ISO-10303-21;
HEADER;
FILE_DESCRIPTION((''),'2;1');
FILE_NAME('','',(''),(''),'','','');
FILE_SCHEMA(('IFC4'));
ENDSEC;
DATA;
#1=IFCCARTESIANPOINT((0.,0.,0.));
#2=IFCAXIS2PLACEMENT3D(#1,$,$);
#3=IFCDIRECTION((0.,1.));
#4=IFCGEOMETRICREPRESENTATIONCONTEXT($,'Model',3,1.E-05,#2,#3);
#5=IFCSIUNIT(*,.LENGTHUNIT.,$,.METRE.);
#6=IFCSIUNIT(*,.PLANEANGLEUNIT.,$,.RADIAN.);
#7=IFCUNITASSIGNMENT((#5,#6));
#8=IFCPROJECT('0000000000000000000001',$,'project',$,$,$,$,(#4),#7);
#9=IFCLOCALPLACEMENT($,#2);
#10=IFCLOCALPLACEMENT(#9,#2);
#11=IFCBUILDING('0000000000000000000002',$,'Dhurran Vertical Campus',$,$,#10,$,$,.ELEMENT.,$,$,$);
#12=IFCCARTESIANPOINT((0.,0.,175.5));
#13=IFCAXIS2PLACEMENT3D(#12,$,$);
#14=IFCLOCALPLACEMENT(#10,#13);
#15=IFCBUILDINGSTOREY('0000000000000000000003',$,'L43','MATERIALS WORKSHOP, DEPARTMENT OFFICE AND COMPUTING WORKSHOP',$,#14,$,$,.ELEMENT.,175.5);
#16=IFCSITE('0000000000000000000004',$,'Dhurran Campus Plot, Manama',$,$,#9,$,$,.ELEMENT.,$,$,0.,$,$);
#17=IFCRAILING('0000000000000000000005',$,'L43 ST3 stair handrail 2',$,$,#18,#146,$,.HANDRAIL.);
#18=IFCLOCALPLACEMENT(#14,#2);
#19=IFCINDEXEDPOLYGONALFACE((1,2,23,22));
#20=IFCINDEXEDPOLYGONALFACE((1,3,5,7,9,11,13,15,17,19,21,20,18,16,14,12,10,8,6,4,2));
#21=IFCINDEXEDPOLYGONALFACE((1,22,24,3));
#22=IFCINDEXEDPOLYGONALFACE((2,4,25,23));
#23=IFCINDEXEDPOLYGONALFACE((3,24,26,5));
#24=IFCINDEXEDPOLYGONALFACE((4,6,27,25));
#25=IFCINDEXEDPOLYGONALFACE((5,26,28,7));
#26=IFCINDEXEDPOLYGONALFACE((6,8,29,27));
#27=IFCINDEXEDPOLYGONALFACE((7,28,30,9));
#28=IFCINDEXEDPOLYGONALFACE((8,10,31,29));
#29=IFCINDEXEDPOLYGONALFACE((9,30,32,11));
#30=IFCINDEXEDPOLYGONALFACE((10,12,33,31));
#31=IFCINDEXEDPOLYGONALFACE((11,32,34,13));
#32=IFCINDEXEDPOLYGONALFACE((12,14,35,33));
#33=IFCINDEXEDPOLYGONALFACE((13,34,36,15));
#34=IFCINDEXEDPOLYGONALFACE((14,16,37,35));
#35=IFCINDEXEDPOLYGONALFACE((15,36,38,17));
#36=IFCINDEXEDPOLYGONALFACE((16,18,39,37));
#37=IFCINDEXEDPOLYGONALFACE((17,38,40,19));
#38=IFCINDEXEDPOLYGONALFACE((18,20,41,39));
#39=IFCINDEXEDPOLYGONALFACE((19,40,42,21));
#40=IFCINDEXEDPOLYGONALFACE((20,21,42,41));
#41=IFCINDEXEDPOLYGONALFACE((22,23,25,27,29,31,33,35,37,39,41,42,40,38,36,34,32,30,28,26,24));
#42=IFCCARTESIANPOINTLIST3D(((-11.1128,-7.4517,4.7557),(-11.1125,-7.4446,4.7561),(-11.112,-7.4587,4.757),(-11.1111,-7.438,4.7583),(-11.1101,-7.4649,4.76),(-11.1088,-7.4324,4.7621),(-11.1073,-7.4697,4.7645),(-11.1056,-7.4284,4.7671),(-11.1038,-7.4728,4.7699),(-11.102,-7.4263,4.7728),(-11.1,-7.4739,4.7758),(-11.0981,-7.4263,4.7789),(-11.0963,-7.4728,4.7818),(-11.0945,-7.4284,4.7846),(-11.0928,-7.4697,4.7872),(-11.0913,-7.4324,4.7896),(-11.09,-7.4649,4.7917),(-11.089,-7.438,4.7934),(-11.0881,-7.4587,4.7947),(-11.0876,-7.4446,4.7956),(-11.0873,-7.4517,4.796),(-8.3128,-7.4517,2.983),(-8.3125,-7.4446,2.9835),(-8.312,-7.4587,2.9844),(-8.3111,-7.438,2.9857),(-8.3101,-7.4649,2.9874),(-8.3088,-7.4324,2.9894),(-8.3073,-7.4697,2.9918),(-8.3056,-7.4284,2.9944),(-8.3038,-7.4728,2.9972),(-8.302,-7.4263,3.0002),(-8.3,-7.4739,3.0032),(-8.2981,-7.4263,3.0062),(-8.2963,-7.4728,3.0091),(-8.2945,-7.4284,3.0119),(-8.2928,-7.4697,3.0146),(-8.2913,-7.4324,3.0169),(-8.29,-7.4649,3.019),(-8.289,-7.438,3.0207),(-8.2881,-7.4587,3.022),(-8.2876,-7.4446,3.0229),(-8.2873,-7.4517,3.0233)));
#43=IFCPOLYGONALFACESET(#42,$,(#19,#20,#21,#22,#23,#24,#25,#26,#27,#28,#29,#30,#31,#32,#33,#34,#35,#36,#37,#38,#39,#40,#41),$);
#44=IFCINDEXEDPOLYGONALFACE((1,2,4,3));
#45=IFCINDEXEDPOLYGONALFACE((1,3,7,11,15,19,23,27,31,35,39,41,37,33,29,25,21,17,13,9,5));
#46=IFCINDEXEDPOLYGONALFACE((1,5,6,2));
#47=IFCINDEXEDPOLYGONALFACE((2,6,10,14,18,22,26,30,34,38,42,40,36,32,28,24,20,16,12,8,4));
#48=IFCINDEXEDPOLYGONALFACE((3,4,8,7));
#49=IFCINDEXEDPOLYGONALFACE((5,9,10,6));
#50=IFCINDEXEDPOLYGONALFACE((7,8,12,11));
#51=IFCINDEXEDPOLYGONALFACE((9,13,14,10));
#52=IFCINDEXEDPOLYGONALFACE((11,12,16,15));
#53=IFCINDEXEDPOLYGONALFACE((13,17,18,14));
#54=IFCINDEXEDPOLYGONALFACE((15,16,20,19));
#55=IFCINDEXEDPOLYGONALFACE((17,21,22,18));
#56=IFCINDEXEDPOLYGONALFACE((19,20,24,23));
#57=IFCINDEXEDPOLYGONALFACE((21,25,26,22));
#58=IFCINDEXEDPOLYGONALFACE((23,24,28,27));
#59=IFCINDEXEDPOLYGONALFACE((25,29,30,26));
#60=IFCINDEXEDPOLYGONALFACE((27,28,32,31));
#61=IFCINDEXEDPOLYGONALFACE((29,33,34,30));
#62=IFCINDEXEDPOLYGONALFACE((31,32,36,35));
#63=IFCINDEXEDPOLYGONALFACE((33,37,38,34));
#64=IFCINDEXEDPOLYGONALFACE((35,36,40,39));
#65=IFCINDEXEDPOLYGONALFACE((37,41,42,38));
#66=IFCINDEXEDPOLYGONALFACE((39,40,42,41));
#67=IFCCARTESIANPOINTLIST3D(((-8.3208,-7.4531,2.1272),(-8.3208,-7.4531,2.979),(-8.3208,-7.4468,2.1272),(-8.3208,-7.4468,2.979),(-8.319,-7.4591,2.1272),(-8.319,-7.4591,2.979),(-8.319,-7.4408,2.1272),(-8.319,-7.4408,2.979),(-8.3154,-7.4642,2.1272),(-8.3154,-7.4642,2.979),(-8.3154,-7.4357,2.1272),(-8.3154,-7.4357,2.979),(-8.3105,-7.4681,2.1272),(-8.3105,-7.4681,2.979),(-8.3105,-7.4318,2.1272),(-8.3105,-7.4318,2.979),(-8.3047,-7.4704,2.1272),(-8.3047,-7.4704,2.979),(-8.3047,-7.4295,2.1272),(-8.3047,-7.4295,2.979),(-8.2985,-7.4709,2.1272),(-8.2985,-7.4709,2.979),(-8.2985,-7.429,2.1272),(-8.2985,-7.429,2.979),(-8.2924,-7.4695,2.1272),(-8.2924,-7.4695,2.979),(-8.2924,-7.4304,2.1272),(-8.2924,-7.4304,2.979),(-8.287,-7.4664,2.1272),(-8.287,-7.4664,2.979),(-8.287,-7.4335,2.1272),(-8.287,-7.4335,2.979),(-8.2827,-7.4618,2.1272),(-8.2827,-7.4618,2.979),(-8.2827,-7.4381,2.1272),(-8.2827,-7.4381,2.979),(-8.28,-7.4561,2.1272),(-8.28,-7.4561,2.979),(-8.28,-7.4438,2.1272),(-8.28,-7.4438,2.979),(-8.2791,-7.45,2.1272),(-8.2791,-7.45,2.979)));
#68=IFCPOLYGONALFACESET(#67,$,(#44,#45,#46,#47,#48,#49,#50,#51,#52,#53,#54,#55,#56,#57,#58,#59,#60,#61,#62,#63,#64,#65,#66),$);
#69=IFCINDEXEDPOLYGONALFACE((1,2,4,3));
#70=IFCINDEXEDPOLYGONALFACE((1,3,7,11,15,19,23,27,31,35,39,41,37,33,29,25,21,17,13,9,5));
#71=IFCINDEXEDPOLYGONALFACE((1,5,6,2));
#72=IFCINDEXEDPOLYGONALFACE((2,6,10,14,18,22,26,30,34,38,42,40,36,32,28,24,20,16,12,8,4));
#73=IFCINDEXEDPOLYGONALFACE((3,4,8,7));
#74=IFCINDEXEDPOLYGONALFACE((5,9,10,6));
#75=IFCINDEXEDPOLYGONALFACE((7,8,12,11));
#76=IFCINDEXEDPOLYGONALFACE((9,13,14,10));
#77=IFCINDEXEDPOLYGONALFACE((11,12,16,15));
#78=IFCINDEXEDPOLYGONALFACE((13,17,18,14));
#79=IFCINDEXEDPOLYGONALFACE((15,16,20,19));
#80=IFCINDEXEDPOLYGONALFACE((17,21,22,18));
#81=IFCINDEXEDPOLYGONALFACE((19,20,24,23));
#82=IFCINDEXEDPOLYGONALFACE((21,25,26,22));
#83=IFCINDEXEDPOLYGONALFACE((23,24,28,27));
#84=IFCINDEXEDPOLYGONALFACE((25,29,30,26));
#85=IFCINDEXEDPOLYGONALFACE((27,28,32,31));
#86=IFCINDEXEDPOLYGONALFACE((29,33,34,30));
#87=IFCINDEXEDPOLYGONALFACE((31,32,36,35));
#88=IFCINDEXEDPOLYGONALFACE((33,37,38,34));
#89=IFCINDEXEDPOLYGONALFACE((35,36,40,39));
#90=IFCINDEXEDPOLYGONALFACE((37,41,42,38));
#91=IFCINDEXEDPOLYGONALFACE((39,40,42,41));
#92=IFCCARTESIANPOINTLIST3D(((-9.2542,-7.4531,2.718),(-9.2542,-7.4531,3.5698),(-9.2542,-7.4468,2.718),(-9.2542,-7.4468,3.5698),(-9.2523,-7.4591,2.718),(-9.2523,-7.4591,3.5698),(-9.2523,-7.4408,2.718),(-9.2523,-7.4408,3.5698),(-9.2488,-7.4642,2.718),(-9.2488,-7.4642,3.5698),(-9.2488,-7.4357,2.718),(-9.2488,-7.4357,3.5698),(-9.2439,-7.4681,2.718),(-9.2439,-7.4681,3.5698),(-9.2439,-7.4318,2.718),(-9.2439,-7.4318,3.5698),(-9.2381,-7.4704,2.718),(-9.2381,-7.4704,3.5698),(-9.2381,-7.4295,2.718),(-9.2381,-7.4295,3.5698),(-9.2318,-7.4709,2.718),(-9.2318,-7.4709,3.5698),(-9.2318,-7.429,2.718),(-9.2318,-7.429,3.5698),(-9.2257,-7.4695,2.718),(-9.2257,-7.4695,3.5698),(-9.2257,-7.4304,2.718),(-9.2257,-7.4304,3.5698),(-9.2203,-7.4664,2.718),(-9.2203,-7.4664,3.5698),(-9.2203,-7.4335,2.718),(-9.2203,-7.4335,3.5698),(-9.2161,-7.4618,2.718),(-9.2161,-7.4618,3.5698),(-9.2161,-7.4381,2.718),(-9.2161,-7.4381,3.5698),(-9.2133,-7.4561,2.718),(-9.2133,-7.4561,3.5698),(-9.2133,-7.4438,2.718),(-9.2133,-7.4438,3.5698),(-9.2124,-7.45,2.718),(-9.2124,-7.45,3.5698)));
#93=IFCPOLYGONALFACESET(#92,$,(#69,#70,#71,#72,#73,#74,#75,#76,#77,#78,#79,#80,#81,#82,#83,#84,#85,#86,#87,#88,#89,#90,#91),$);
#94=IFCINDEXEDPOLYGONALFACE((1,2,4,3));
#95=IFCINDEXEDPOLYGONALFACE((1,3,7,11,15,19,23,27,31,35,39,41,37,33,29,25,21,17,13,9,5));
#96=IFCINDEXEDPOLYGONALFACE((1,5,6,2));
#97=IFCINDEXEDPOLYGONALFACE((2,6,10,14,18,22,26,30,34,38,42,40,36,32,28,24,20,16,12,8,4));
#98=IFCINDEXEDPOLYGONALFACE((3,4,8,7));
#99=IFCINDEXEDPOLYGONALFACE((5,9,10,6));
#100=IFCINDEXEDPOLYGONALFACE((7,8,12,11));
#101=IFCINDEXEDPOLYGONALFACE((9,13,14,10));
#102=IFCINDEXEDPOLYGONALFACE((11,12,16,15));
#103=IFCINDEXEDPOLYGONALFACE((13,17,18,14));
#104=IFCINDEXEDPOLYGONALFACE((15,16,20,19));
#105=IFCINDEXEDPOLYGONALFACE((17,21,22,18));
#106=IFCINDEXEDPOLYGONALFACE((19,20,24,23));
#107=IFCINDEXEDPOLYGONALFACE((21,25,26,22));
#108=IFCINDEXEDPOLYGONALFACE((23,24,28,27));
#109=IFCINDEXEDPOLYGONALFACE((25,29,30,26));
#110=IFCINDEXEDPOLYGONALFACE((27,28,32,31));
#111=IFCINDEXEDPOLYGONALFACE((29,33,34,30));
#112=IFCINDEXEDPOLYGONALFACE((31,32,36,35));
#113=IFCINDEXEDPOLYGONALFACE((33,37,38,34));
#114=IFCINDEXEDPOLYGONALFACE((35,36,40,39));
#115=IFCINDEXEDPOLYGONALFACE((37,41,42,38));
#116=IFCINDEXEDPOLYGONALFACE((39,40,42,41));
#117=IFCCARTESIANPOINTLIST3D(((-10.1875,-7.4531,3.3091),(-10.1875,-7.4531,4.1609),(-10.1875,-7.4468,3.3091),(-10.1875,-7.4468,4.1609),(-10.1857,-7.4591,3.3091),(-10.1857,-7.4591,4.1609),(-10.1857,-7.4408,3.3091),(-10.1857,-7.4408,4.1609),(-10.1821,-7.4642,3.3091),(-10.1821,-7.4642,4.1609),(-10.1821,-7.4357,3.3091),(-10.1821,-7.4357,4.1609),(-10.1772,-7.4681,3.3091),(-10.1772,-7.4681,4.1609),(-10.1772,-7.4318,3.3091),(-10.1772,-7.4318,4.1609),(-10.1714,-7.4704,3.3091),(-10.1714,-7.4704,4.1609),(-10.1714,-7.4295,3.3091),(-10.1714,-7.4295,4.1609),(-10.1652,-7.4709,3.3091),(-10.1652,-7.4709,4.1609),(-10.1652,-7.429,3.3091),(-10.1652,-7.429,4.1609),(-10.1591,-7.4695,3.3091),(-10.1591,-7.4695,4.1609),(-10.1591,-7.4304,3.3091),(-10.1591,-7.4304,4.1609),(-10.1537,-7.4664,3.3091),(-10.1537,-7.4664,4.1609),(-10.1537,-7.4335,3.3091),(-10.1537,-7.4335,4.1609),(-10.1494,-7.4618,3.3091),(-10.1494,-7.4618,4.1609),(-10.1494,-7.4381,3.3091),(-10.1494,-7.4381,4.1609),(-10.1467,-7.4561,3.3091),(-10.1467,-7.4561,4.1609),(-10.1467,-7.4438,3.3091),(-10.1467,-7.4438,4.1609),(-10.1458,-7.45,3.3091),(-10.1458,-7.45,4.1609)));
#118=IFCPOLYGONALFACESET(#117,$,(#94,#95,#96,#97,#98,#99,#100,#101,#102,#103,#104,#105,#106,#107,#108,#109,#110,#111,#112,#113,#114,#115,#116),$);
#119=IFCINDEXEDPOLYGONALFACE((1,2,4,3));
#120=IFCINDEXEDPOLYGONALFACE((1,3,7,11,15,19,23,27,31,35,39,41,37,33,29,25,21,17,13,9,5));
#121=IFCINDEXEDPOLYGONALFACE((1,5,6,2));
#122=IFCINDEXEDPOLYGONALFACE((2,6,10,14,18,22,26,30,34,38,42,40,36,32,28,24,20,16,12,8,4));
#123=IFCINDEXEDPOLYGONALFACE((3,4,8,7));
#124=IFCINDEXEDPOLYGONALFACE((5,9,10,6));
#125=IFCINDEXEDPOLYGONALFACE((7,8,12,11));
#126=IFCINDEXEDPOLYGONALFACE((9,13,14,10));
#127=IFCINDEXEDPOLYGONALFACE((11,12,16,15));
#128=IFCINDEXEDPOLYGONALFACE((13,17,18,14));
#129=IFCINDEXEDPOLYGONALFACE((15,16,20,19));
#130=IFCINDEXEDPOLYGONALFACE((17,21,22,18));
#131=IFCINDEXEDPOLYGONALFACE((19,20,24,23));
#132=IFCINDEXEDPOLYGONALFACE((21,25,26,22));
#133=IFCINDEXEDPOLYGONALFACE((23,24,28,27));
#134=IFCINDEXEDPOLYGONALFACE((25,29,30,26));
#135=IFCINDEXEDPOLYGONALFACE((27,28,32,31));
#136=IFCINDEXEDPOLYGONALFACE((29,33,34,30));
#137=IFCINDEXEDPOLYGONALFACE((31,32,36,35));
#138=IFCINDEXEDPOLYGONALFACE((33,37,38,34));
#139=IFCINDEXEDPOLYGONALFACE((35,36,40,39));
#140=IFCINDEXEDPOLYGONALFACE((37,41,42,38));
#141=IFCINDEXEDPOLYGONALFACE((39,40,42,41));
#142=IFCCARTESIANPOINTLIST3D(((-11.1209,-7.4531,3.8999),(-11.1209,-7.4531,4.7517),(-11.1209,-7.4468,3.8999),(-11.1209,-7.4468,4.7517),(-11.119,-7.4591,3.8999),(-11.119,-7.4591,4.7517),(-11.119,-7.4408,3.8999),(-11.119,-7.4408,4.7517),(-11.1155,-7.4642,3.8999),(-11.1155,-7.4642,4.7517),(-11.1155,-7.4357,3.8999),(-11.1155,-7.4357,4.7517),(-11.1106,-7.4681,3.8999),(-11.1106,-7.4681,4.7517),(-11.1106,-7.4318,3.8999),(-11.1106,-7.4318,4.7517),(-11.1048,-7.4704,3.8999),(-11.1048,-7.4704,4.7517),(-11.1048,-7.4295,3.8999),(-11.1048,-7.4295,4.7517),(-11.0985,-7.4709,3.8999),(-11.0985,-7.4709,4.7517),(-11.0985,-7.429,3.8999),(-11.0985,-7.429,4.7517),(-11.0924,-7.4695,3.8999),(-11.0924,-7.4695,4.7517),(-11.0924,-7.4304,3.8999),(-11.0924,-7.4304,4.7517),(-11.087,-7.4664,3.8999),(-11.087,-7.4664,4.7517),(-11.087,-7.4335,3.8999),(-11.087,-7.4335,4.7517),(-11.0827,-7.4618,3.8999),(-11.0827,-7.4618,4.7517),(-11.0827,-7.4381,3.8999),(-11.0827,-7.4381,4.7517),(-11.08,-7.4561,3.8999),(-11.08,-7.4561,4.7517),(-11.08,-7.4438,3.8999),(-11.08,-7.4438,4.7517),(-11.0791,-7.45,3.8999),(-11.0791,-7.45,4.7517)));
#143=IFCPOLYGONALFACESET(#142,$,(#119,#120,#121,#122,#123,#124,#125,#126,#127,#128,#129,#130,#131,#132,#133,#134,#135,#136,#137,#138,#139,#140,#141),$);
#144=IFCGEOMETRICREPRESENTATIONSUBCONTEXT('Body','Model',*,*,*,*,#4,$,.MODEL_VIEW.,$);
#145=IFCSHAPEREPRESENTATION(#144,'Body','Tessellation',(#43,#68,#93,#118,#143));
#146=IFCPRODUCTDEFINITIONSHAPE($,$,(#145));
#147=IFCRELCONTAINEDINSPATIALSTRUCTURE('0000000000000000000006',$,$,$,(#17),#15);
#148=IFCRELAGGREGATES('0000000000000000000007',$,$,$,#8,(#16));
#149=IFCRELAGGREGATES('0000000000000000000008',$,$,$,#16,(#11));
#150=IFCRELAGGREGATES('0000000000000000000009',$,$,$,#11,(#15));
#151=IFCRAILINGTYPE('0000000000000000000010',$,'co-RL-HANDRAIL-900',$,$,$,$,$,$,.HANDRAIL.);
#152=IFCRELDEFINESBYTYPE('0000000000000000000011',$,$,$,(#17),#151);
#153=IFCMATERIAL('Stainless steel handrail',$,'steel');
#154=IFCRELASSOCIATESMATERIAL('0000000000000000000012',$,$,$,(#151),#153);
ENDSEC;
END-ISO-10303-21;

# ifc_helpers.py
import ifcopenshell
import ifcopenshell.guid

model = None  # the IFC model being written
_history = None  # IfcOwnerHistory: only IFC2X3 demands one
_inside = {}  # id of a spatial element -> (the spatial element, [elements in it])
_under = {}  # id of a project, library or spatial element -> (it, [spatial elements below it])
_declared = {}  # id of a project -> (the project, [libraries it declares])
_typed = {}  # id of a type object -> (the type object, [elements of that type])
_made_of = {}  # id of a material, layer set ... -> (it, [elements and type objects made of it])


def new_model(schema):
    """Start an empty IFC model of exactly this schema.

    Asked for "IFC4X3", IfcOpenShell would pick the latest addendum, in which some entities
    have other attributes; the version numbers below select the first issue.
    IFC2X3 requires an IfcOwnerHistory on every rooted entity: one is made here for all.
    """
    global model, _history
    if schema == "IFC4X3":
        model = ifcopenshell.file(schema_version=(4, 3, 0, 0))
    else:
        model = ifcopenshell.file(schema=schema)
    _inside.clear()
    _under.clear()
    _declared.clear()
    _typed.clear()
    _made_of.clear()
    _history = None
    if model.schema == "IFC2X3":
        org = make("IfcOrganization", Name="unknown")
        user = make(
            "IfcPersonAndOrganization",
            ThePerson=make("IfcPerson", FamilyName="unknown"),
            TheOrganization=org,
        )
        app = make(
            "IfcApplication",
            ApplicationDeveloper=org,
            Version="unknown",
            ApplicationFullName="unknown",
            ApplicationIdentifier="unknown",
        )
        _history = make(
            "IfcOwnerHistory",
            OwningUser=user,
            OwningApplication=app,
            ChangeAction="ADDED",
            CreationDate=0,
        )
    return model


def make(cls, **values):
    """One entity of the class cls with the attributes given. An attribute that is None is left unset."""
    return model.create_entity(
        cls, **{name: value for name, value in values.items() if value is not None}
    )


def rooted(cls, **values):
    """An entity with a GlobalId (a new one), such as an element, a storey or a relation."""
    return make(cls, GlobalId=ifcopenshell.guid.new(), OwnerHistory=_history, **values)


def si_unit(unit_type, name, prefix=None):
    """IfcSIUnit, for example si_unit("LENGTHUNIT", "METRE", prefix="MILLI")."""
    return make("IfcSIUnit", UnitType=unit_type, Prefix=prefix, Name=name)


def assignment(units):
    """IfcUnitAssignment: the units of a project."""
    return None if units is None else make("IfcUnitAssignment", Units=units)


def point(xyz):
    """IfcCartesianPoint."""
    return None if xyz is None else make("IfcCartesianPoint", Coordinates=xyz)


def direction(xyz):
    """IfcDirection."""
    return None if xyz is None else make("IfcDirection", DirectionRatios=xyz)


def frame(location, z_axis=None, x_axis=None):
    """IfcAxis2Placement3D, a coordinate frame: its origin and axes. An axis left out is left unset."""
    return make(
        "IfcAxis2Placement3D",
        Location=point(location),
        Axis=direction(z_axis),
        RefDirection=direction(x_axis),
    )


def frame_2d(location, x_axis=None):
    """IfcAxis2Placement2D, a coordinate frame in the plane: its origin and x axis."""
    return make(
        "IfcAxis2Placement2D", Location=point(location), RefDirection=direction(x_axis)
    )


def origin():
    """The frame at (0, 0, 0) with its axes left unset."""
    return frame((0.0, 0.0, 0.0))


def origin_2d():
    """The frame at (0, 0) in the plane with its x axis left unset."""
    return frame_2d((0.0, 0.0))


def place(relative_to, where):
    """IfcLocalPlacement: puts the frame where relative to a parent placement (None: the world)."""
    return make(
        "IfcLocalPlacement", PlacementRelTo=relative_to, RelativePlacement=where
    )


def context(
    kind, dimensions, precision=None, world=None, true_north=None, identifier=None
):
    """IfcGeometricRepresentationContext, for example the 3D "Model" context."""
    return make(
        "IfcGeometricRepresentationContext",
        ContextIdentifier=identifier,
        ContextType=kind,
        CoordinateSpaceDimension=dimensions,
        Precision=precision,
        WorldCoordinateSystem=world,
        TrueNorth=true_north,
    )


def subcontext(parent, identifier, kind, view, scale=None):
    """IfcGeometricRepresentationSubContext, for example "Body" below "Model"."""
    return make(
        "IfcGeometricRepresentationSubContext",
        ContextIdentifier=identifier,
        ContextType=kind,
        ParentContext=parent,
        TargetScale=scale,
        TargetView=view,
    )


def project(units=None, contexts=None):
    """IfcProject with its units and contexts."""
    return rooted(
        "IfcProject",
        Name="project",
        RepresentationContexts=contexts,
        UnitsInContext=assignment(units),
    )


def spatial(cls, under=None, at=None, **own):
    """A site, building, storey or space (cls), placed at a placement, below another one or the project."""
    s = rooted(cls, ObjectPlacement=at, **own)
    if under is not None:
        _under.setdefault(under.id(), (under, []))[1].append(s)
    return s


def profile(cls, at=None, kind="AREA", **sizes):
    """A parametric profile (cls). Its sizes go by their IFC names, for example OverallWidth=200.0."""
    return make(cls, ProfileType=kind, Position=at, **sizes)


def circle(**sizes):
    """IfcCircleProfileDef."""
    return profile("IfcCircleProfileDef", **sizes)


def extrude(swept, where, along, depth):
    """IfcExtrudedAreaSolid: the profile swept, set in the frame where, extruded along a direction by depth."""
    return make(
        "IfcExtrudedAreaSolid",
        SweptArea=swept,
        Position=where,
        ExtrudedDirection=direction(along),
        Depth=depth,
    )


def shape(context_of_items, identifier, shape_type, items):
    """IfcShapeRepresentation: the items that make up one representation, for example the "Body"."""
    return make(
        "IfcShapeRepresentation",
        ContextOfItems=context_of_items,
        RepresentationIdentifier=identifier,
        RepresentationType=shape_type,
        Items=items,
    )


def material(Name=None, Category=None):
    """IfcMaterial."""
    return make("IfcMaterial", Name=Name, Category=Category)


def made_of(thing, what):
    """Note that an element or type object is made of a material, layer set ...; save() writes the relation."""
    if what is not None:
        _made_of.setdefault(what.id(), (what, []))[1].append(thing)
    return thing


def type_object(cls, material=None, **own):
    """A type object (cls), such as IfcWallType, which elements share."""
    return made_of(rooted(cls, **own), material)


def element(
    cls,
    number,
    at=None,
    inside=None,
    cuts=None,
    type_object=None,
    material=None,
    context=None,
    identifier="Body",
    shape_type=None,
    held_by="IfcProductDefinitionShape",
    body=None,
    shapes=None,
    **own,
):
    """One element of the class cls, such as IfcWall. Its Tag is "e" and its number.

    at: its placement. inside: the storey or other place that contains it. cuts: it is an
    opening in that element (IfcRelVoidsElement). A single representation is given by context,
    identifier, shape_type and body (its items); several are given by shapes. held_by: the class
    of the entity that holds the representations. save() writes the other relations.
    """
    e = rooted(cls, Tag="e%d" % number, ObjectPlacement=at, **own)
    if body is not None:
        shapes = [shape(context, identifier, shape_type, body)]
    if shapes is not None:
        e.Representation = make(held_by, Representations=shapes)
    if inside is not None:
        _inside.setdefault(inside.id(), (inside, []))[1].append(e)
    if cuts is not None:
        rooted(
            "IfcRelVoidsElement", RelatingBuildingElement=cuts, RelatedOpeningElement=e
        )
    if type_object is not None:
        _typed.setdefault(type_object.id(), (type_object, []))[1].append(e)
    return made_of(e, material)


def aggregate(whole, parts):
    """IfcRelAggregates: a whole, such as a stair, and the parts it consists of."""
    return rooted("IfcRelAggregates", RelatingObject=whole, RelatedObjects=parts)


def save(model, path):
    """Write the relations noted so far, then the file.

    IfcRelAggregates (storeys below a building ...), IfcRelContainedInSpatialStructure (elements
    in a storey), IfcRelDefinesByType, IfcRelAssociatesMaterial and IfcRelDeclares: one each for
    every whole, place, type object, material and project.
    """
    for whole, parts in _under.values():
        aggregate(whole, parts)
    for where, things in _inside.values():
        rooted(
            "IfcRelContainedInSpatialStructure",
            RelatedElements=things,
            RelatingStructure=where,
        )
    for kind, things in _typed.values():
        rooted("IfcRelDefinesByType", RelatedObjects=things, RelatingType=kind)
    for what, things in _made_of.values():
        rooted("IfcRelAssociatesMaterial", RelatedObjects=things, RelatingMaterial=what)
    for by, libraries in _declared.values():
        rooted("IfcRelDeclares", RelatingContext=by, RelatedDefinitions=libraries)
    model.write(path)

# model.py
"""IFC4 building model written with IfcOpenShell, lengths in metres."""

from ifc_helpers import new_model, si_unit, direction, frame, origin, origin_2d, place, context, subcontext, project, spatial, circle, extrude, material, type_object, element, save


model = new_model("IFC4")

# Units and contexts
model_context = context("Model", 3, precision=1e-05, world=origin(), true_north=direction((0.0, 1.0)))
body_context = subcontext(model_context, "Body", "Model", "MODEL_VIEW")
ifc_project = project(units=[si_unit("LENGTHUNIT", "METRE"), si_unit("PLANEANGLEUNIT", "RADIAN")], contexts=[model_context])

# Site, building, storey
site_placement = place(None, origin())
site = spatial("IfcSite", under=ifc_project, at=site_placement, Name="Dhurran Campus Plot, Manama", CompositionType="ELEMENT", RefElevation=0.0)
building_placement = place(site_placement, origin())
building = spatial("IfcBuilding", under=site, at=building_placement, Name="Dhurran Vertical Campus", CompositionType="ELEMENT")
storey_placement = place(building_placement, frame((0.0, 0.0, 175.5)))
storey = spatial("IfcBuildingStorey", under=building, at=storey_placement, Name="L43", Description="MATERIALS WORKSHOP, DEPARTMENT OFFICE AND COMPUTING WORKSHOP", CompositionType="ELEMENT", Elevation=175.5)

# Railing
ifc_material_1 = material(Name="Stainless steel handrail", Category="steel")
railing_type_1 = type_object("IfcRailingType", Name="co-RL-HANDRAIL-900", PredefinedType="HANDRAIL", material=ifc_material_1)
railing_1_placement = place(storey_placement, frame((-8.3, -7.45, 2.1272)))
element("IfcRailing", 1, at=railing_1_placement, inside=storey, type_object=railing_type_1, Name="L43 ST3 stair handrail 2", PredefinedType="HANDRAIL", context=body_context, shape_type="SweptSolid", body=[
    extrude(circle(Radius=0.0239, at=origin_2d()), frame((0.0, 0.0, 0.876), z_axis=(-0.844909, 0.0, 0.53491), x_axis=(0.0, -1.0, 0.0)), (0.0, 0.0, 1.0), 3.314),
    extrude(circle(Radius=0.021, at=origin_2d()), origin(), (0.0, 0.0, 1.0), 0.8518),
    extrude(circle(Radius=0.021, at=origin_2d()), frame((-0.9333, 0.0, 0.5908)), (0.0, 0.0, 1.0), 0.8518),
    extrude(circle(Radius=0.021, at=origin_2d()), frame((-1.8667, 0.0, 1.1819)), (0.0, 0.0, 1.0), 0.8518),
    extrude(circle(Radius=0.021, at=origin_2d()), frame((-2.8, 0.0, 1.7727)), (0.0, 0.0, 1.0), 0.8518),
])

save(model, "model.ifc")
